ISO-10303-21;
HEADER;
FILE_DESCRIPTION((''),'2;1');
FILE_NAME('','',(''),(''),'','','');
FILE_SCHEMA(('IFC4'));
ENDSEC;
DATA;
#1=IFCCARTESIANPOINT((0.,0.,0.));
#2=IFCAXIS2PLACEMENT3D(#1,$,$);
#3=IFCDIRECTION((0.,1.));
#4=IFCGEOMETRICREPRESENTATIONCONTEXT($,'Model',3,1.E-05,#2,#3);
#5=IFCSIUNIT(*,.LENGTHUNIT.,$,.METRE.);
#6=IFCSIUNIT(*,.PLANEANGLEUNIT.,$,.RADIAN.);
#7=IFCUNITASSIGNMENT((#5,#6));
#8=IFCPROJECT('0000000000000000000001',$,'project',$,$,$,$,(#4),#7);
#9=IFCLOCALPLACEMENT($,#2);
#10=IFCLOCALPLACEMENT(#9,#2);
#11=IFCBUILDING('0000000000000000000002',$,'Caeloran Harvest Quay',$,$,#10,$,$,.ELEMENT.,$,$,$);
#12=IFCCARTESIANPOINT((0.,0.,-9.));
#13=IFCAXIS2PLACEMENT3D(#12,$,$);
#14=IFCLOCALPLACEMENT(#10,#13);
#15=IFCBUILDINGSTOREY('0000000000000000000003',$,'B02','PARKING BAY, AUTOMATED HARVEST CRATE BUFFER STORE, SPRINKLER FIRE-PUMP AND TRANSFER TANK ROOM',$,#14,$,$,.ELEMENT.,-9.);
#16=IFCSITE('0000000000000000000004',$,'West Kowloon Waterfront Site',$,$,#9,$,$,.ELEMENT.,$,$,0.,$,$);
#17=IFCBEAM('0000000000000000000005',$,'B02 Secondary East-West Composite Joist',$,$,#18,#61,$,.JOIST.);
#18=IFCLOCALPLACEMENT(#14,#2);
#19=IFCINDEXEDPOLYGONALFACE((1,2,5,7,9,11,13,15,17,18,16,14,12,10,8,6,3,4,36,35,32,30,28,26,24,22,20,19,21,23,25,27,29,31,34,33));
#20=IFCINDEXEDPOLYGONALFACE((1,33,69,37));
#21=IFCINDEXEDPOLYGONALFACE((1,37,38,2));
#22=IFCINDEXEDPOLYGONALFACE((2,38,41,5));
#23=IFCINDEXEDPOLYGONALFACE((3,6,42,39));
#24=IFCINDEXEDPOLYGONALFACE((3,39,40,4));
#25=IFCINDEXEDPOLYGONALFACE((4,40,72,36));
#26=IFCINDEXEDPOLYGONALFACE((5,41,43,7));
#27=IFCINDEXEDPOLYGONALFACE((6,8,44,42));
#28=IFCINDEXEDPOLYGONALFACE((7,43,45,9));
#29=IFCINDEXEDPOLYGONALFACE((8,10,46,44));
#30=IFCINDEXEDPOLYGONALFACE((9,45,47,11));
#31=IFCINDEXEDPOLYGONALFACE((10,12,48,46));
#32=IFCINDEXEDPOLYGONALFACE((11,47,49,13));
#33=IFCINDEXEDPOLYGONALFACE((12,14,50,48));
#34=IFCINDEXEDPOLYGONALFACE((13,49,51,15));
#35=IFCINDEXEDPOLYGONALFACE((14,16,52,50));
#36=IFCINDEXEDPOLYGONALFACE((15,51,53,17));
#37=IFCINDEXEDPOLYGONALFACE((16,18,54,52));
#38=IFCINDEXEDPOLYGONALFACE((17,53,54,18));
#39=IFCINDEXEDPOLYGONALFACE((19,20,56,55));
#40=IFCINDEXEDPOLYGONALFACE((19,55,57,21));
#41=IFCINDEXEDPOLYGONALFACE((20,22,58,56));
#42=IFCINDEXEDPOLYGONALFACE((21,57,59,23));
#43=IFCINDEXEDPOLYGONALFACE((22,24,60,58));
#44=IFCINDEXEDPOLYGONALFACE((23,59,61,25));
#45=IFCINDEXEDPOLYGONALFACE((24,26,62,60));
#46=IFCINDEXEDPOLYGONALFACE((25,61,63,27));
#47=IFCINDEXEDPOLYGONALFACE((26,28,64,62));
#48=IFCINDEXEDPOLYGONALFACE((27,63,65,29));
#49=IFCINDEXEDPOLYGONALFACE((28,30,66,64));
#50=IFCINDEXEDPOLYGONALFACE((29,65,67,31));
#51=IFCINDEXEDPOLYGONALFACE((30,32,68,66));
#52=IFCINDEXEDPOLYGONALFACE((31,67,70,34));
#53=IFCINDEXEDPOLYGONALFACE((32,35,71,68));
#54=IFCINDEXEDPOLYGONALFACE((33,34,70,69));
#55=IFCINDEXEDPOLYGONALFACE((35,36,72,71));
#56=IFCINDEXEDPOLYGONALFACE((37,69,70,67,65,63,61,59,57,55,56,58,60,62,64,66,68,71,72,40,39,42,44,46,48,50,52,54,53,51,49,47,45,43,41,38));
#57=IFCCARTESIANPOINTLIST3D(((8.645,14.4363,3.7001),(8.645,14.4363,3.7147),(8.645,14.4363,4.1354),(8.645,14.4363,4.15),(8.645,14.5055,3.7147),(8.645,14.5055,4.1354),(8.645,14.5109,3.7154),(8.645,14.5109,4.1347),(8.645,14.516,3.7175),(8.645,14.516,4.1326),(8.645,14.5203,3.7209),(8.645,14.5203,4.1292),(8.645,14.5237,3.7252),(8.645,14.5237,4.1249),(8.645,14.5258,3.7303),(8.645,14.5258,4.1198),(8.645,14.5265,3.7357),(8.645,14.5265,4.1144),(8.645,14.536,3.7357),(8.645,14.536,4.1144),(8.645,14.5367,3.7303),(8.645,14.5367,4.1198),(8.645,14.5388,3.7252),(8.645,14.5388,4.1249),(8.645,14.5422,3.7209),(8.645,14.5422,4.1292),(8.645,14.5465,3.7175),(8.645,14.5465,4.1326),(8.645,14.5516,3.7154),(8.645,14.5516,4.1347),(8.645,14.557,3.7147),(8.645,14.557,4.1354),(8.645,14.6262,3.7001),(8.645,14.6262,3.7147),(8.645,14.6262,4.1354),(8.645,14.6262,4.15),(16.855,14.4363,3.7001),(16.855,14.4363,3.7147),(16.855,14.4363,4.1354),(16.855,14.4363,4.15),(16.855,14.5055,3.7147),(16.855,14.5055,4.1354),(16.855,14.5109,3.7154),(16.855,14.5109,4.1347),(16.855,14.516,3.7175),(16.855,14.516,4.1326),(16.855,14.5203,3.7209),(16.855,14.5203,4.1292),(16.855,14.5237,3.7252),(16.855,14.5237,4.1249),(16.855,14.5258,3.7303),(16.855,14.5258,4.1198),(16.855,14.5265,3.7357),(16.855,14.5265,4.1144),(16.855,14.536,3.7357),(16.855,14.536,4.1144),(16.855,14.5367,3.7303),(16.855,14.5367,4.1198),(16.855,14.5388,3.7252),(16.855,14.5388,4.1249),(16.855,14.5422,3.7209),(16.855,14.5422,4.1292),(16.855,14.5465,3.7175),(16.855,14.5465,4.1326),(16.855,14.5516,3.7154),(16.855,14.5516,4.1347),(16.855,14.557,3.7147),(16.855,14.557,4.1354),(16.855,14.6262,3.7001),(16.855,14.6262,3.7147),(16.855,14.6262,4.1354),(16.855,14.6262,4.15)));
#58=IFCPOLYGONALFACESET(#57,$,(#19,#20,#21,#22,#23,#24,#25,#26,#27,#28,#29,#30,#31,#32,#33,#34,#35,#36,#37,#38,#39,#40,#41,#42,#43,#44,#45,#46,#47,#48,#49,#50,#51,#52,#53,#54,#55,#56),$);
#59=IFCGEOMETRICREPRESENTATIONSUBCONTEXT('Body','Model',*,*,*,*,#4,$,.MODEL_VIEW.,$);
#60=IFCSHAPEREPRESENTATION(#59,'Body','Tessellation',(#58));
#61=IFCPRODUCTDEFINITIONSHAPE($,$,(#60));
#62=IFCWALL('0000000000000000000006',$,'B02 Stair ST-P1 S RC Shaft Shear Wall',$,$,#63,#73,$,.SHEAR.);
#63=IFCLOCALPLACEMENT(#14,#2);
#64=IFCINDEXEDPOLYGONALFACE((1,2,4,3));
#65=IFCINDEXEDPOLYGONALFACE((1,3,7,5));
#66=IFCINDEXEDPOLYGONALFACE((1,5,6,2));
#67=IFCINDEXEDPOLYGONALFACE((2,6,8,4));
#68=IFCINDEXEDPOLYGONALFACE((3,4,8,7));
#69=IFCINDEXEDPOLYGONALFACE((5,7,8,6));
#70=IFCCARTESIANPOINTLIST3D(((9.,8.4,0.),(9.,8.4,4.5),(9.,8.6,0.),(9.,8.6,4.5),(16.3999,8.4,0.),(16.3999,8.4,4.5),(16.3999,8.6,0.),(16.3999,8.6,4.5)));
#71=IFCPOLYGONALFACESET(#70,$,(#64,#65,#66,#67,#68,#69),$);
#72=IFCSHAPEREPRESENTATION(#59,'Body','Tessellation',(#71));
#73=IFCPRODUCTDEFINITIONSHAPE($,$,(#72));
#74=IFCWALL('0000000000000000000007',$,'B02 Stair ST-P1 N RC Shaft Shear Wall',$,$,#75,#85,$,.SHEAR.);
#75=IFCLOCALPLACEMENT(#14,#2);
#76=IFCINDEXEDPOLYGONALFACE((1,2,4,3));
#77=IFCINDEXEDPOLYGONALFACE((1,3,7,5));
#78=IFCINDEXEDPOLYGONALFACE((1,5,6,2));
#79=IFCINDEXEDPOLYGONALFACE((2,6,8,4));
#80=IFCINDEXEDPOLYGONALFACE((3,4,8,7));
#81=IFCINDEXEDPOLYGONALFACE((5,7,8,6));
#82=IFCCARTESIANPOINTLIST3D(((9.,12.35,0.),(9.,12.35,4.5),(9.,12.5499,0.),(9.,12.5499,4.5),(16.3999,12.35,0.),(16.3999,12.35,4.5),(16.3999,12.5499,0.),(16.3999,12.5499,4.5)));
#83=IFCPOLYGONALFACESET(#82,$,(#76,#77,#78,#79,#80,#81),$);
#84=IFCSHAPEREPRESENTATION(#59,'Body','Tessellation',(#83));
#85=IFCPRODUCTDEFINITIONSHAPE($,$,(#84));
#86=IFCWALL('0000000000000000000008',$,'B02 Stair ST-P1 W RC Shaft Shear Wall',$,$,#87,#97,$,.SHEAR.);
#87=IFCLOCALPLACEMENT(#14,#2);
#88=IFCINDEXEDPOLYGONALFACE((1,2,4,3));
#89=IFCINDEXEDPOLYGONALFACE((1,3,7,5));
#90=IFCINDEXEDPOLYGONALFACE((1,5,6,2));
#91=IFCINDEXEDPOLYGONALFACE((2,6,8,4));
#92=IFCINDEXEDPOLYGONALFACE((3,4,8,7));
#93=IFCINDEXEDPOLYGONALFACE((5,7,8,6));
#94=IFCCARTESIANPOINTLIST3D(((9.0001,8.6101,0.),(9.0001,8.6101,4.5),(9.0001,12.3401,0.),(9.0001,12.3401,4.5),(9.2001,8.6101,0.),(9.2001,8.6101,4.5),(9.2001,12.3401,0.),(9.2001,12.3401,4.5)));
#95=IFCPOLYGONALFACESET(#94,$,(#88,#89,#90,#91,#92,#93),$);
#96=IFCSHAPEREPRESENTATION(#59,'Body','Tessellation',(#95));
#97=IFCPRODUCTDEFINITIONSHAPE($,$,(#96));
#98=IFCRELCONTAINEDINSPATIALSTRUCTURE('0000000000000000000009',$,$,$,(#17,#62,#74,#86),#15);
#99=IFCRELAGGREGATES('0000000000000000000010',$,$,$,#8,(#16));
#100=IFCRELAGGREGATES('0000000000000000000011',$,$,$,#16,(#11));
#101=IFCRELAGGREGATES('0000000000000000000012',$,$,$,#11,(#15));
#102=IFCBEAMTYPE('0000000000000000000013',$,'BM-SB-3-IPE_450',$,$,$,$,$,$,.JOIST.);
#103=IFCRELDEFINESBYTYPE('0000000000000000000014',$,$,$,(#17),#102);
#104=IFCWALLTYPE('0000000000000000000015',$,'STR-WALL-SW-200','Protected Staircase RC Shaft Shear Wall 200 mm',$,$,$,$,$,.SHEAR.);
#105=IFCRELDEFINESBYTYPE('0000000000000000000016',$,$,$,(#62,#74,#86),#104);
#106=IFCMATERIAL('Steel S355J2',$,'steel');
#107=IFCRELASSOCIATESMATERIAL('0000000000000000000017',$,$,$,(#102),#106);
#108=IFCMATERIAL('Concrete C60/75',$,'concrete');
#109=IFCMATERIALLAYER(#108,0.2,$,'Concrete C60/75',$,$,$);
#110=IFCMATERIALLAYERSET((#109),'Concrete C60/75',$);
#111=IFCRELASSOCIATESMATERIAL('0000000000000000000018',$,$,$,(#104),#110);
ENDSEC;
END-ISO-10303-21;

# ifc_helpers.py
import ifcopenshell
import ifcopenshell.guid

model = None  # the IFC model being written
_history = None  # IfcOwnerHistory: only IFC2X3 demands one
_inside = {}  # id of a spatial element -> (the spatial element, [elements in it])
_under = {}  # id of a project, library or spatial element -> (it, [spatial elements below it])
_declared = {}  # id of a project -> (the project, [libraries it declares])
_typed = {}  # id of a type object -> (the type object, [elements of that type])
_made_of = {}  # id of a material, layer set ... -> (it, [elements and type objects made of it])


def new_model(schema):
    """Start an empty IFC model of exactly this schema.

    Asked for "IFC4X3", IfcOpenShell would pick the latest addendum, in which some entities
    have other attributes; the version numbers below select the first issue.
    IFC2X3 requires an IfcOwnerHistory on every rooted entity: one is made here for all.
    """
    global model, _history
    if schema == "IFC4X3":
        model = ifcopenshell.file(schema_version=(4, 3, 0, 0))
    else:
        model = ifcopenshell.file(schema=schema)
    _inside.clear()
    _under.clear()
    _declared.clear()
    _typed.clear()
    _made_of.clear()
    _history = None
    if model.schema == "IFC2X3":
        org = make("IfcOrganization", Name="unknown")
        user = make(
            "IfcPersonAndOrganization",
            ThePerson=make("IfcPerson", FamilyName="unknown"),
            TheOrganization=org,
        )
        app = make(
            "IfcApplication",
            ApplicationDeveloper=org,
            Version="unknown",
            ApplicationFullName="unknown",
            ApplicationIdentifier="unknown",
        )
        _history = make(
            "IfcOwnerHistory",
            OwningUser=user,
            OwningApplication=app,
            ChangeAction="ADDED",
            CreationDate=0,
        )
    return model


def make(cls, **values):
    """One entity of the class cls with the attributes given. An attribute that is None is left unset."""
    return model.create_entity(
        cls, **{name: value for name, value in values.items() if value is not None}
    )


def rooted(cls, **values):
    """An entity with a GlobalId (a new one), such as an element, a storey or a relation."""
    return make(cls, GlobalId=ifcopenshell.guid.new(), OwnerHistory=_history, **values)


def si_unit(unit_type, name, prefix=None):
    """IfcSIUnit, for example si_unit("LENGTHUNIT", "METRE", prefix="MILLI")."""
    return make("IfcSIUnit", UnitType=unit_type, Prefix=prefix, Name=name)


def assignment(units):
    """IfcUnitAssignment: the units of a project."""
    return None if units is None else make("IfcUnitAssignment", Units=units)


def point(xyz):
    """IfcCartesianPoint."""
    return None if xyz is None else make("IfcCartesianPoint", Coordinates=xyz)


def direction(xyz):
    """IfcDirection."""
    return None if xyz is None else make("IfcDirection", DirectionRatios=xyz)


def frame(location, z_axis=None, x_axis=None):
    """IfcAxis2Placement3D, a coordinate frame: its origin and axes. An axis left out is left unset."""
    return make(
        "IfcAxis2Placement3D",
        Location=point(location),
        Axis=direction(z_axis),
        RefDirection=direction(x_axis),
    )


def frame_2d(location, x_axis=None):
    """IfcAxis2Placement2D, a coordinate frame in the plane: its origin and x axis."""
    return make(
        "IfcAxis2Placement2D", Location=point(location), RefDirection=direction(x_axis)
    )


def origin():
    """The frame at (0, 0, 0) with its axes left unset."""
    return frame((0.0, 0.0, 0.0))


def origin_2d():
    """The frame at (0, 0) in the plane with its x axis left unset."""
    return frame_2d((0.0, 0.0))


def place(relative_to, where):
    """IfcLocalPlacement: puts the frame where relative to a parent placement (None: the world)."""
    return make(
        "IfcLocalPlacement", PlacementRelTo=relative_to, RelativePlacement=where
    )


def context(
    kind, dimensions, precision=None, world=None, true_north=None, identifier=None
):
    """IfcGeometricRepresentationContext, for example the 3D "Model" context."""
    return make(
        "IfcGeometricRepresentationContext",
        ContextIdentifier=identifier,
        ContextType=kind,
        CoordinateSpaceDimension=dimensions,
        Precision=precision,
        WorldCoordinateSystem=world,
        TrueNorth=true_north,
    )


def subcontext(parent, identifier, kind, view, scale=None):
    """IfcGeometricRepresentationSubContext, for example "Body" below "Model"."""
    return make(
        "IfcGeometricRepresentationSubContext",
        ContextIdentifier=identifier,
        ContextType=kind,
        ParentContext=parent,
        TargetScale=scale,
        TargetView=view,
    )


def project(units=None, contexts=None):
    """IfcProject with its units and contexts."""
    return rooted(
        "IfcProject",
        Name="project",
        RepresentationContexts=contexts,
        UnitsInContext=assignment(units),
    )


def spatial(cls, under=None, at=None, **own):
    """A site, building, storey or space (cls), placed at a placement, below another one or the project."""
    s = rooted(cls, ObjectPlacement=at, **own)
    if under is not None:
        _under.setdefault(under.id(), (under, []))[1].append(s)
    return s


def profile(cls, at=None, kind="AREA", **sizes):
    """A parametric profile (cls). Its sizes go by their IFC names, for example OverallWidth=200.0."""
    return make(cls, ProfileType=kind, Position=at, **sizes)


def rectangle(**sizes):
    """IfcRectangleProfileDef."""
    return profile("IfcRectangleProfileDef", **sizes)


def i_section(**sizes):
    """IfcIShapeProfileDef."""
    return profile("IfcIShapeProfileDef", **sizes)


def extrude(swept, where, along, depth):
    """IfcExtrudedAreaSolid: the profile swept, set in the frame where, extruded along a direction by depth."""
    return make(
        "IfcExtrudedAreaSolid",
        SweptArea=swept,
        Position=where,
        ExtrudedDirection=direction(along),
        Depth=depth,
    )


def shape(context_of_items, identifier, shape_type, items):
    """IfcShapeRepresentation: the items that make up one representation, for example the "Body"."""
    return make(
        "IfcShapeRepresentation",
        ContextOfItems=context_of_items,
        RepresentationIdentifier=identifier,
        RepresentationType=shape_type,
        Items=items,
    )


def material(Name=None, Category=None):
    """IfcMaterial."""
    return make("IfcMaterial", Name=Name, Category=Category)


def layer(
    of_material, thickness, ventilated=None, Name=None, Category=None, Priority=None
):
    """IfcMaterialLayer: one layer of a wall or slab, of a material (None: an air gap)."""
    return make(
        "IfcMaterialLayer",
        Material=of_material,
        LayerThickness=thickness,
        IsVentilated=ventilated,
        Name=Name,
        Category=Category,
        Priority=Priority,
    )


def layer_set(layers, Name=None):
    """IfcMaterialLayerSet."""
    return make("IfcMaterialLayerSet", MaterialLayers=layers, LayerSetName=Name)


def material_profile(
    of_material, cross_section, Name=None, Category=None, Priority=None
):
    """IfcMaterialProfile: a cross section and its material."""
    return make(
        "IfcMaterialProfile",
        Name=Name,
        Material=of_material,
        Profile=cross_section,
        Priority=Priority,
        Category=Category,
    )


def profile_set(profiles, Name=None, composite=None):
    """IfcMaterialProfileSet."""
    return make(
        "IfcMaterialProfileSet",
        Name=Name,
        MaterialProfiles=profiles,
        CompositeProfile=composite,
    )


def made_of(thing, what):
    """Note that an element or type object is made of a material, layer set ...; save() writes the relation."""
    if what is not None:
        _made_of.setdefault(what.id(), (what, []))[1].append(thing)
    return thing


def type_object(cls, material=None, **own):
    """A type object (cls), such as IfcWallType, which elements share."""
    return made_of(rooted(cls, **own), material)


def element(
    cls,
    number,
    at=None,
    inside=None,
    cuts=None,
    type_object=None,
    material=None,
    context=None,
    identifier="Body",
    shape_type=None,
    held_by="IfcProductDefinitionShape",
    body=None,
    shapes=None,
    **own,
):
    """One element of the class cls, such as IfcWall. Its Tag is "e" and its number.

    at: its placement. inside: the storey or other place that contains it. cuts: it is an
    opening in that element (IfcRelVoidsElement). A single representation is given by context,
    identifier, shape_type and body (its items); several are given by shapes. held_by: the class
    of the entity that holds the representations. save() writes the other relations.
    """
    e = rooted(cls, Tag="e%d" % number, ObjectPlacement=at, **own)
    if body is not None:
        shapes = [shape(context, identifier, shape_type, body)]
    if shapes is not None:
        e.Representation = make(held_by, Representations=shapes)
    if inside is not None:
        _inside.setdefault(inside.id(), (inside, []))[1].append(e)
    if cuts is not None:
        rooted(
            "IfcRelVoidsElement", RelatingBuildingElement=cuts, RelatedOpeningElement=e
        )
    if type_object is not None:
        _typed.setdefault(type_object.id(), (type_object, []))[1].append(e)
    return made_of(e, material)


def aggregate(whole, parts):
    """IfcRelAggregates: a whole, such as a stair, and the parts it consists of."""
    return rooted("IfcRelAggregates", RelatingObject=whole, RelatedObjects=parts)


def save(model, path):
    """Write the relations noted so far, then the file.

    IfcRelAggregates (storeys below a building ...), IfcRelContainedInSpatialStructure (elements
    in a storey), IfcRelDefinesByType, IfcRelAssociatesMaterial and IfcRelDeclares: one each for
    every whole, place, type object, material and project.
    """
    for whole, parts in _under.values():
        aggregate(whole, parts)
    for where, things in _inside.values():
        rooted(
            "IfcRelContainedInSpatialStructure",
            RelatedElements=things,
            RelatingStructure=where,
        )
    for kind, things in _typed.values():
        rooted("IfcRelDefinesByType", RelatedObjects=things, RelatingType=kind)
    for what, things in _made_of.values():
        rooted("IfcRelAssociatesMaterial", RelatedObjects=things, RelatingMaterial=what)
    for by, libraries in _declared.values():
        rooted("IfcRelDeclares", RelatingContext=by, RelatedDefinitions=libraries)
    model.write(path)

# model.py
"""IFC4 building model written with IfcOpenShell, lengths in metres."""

from ifc_helpers import new_model, si_unit, direction, frame, frame_2d, origin, origin_2d, place, context, subcontext, project, spatial, rectangle, i_section, extrude, material, layer, layer_set, material_profile, profile_set, type_object, element, save


model = new_model("IFC4")

# Units and contexts
model_context = context("Model", 3, precision=1e-05, world=origin(), true_north=direction((0.0, 1.0)))
body_context = subcontext(model_context, "Body", "Model", "MODEL_VIEW")
ifc_project = project(units=[si_unit("LENGTHUNIT", "METRE"), si_unit("PLANEANGLEUNIT", "RADIAN")], contexts=[model_context])

# Site, building, storey
site_placement = place(None, origin())
site = spatial("IfcSite", under=ifc_project, at=site_placement, Name="West Kowloon Waterfront Site", CompositionType="ELEMENT", RefElevation=0.0)
building_placement = place(site_placement, origin())
building = spatial("IfcBuilding", under=site, at=building_placement, Name="Caeloran Harvest Quay", CompositionType="ELEMENT")
storey_placement = place(building_placement, frame((0.0, 0.0, -9.0)))
storey = spatial("IfcBuildingStorey", under=building, at=storey_placement, Name="B02", Description="PARKING BAY, AUTOMATED HARVEST CRATE BUFFER STORE, SPRINKLER FIRE-PUMP AND TRANSFER TANK ROOM", CompositionType="ELEMENT", Elevation=-9.0)

# Beam
ifc_material_1 = material(Name="Steel S355J2", Category="steel")
ifc_material_profile_1 = material_profile(ifc_material_1, i_section(OverallWidth=0.1899, OverallDepth=0.45, WebThickness=0.0095, FlangeThickness=0.0146, FilletRadius=0.021, at=origin_2d()), Name="IPE 450")
ifc_profile_set_1 = profile_set([ifc_material_profile_1], Name="Steel S355J2")
beam_type_1 = type_object("IfcBeamType", Name="BM-SB-3-IPE_450", PredefinedType="JOIST", material=ifc_profile_set_1)
for number, where, z_axis, x_axis, name in (
    (1, (8.645, 14.5312, 3.925), (1.0, 0.0, 0.0), (0.0, 1.0, 0.0), "B02 Secondary East-West Composite Joist"),
):
    element("IfcBeam", number, at=place(storey_placement, frame(where, z_axis=z_axis, x_axis=x_axis)), inside=storey, type_object=beam_type_1, Name=name, PredefinedType="JOIST", context=body_context, shape_type="SweptSolid", body=[
        extrude(i_section(OverallWidth=0.1899, OverallDepth=0.45, WebThickness=0.0095, FlangeThickness=0.0146, FilletRadius=0.021, at=origin_2d()), origin(), (0.0, 0.0, 1.0), 8.21),
    ])

# Walls
ifc_material_2 = material(Name="Concrete C60/75", Category="concrete")
ifc_layer = layer(ifc_material_2, 0.2, Name="Concrete C60/75")
ifc_layer_set = layer_set([ifc_layer], Name="Concrete C60/75")
wall_type = type_object("IfcWallType", Name="STR-WALL-SW-200", Description="Protected Staircase RC Shaft Shear Wall 200 mm", PredefinedType="SHEAR", material=ifc_layer_set)
for number, where, z_axis, x_axis, name in (
    (2, (9.0, 8.5, 0.0), (0.0, 0.0, 1.0), (1.0, 0.0, 0.0), "B02 Stair ST-P1 S RC Shaft Shear Wall"),
    (3, (9.0, 12.45, 0.0), (0.0, 0.0, 1.0), (1.0, 0.0, 0.0), "B02 Stair ST-P1 N RC Shaft Shear Wall"),
):
    element("IfcWall", number, at=place(storey_placement, frame(where, z_axis=z_axis, x_axis=x_axis)), inside=storey, type_object=wall_type, Name=name, PredefinedType="SHEAR", context=body_context, shape_type="SweptSolid", body=[
        extrude(rectangle(XDim=7.3999, YDim=0.2, at=frame_2d((3.7, 0.0))), origin(), (0.0, 0.0, 1.0), 4.5),
    ])
wall_placement = place(storey_placement, frame((9.1001, 8.6101, 0.0), z_axis=(0.0, 0.0, 1.0), x_axis=(0.0, 1.0, 0.0)))
element("IfcWall", 4, at=wall_placement, inside=storey, type_object=wall_type, Name="B02 Stair ST-P1 W RC Shaft Shear Wall", PredefinedType="SHEAR", context=body_context, shape_type="SweptSolid", body=[
    extrude(rectangle(XDim=3.73, YDim=0.2, at=frame_2d((1.865, 0.0))), origin(), (0.0, 0.0, 1.0), 4.5),
])

save(model, "model.ifc")
